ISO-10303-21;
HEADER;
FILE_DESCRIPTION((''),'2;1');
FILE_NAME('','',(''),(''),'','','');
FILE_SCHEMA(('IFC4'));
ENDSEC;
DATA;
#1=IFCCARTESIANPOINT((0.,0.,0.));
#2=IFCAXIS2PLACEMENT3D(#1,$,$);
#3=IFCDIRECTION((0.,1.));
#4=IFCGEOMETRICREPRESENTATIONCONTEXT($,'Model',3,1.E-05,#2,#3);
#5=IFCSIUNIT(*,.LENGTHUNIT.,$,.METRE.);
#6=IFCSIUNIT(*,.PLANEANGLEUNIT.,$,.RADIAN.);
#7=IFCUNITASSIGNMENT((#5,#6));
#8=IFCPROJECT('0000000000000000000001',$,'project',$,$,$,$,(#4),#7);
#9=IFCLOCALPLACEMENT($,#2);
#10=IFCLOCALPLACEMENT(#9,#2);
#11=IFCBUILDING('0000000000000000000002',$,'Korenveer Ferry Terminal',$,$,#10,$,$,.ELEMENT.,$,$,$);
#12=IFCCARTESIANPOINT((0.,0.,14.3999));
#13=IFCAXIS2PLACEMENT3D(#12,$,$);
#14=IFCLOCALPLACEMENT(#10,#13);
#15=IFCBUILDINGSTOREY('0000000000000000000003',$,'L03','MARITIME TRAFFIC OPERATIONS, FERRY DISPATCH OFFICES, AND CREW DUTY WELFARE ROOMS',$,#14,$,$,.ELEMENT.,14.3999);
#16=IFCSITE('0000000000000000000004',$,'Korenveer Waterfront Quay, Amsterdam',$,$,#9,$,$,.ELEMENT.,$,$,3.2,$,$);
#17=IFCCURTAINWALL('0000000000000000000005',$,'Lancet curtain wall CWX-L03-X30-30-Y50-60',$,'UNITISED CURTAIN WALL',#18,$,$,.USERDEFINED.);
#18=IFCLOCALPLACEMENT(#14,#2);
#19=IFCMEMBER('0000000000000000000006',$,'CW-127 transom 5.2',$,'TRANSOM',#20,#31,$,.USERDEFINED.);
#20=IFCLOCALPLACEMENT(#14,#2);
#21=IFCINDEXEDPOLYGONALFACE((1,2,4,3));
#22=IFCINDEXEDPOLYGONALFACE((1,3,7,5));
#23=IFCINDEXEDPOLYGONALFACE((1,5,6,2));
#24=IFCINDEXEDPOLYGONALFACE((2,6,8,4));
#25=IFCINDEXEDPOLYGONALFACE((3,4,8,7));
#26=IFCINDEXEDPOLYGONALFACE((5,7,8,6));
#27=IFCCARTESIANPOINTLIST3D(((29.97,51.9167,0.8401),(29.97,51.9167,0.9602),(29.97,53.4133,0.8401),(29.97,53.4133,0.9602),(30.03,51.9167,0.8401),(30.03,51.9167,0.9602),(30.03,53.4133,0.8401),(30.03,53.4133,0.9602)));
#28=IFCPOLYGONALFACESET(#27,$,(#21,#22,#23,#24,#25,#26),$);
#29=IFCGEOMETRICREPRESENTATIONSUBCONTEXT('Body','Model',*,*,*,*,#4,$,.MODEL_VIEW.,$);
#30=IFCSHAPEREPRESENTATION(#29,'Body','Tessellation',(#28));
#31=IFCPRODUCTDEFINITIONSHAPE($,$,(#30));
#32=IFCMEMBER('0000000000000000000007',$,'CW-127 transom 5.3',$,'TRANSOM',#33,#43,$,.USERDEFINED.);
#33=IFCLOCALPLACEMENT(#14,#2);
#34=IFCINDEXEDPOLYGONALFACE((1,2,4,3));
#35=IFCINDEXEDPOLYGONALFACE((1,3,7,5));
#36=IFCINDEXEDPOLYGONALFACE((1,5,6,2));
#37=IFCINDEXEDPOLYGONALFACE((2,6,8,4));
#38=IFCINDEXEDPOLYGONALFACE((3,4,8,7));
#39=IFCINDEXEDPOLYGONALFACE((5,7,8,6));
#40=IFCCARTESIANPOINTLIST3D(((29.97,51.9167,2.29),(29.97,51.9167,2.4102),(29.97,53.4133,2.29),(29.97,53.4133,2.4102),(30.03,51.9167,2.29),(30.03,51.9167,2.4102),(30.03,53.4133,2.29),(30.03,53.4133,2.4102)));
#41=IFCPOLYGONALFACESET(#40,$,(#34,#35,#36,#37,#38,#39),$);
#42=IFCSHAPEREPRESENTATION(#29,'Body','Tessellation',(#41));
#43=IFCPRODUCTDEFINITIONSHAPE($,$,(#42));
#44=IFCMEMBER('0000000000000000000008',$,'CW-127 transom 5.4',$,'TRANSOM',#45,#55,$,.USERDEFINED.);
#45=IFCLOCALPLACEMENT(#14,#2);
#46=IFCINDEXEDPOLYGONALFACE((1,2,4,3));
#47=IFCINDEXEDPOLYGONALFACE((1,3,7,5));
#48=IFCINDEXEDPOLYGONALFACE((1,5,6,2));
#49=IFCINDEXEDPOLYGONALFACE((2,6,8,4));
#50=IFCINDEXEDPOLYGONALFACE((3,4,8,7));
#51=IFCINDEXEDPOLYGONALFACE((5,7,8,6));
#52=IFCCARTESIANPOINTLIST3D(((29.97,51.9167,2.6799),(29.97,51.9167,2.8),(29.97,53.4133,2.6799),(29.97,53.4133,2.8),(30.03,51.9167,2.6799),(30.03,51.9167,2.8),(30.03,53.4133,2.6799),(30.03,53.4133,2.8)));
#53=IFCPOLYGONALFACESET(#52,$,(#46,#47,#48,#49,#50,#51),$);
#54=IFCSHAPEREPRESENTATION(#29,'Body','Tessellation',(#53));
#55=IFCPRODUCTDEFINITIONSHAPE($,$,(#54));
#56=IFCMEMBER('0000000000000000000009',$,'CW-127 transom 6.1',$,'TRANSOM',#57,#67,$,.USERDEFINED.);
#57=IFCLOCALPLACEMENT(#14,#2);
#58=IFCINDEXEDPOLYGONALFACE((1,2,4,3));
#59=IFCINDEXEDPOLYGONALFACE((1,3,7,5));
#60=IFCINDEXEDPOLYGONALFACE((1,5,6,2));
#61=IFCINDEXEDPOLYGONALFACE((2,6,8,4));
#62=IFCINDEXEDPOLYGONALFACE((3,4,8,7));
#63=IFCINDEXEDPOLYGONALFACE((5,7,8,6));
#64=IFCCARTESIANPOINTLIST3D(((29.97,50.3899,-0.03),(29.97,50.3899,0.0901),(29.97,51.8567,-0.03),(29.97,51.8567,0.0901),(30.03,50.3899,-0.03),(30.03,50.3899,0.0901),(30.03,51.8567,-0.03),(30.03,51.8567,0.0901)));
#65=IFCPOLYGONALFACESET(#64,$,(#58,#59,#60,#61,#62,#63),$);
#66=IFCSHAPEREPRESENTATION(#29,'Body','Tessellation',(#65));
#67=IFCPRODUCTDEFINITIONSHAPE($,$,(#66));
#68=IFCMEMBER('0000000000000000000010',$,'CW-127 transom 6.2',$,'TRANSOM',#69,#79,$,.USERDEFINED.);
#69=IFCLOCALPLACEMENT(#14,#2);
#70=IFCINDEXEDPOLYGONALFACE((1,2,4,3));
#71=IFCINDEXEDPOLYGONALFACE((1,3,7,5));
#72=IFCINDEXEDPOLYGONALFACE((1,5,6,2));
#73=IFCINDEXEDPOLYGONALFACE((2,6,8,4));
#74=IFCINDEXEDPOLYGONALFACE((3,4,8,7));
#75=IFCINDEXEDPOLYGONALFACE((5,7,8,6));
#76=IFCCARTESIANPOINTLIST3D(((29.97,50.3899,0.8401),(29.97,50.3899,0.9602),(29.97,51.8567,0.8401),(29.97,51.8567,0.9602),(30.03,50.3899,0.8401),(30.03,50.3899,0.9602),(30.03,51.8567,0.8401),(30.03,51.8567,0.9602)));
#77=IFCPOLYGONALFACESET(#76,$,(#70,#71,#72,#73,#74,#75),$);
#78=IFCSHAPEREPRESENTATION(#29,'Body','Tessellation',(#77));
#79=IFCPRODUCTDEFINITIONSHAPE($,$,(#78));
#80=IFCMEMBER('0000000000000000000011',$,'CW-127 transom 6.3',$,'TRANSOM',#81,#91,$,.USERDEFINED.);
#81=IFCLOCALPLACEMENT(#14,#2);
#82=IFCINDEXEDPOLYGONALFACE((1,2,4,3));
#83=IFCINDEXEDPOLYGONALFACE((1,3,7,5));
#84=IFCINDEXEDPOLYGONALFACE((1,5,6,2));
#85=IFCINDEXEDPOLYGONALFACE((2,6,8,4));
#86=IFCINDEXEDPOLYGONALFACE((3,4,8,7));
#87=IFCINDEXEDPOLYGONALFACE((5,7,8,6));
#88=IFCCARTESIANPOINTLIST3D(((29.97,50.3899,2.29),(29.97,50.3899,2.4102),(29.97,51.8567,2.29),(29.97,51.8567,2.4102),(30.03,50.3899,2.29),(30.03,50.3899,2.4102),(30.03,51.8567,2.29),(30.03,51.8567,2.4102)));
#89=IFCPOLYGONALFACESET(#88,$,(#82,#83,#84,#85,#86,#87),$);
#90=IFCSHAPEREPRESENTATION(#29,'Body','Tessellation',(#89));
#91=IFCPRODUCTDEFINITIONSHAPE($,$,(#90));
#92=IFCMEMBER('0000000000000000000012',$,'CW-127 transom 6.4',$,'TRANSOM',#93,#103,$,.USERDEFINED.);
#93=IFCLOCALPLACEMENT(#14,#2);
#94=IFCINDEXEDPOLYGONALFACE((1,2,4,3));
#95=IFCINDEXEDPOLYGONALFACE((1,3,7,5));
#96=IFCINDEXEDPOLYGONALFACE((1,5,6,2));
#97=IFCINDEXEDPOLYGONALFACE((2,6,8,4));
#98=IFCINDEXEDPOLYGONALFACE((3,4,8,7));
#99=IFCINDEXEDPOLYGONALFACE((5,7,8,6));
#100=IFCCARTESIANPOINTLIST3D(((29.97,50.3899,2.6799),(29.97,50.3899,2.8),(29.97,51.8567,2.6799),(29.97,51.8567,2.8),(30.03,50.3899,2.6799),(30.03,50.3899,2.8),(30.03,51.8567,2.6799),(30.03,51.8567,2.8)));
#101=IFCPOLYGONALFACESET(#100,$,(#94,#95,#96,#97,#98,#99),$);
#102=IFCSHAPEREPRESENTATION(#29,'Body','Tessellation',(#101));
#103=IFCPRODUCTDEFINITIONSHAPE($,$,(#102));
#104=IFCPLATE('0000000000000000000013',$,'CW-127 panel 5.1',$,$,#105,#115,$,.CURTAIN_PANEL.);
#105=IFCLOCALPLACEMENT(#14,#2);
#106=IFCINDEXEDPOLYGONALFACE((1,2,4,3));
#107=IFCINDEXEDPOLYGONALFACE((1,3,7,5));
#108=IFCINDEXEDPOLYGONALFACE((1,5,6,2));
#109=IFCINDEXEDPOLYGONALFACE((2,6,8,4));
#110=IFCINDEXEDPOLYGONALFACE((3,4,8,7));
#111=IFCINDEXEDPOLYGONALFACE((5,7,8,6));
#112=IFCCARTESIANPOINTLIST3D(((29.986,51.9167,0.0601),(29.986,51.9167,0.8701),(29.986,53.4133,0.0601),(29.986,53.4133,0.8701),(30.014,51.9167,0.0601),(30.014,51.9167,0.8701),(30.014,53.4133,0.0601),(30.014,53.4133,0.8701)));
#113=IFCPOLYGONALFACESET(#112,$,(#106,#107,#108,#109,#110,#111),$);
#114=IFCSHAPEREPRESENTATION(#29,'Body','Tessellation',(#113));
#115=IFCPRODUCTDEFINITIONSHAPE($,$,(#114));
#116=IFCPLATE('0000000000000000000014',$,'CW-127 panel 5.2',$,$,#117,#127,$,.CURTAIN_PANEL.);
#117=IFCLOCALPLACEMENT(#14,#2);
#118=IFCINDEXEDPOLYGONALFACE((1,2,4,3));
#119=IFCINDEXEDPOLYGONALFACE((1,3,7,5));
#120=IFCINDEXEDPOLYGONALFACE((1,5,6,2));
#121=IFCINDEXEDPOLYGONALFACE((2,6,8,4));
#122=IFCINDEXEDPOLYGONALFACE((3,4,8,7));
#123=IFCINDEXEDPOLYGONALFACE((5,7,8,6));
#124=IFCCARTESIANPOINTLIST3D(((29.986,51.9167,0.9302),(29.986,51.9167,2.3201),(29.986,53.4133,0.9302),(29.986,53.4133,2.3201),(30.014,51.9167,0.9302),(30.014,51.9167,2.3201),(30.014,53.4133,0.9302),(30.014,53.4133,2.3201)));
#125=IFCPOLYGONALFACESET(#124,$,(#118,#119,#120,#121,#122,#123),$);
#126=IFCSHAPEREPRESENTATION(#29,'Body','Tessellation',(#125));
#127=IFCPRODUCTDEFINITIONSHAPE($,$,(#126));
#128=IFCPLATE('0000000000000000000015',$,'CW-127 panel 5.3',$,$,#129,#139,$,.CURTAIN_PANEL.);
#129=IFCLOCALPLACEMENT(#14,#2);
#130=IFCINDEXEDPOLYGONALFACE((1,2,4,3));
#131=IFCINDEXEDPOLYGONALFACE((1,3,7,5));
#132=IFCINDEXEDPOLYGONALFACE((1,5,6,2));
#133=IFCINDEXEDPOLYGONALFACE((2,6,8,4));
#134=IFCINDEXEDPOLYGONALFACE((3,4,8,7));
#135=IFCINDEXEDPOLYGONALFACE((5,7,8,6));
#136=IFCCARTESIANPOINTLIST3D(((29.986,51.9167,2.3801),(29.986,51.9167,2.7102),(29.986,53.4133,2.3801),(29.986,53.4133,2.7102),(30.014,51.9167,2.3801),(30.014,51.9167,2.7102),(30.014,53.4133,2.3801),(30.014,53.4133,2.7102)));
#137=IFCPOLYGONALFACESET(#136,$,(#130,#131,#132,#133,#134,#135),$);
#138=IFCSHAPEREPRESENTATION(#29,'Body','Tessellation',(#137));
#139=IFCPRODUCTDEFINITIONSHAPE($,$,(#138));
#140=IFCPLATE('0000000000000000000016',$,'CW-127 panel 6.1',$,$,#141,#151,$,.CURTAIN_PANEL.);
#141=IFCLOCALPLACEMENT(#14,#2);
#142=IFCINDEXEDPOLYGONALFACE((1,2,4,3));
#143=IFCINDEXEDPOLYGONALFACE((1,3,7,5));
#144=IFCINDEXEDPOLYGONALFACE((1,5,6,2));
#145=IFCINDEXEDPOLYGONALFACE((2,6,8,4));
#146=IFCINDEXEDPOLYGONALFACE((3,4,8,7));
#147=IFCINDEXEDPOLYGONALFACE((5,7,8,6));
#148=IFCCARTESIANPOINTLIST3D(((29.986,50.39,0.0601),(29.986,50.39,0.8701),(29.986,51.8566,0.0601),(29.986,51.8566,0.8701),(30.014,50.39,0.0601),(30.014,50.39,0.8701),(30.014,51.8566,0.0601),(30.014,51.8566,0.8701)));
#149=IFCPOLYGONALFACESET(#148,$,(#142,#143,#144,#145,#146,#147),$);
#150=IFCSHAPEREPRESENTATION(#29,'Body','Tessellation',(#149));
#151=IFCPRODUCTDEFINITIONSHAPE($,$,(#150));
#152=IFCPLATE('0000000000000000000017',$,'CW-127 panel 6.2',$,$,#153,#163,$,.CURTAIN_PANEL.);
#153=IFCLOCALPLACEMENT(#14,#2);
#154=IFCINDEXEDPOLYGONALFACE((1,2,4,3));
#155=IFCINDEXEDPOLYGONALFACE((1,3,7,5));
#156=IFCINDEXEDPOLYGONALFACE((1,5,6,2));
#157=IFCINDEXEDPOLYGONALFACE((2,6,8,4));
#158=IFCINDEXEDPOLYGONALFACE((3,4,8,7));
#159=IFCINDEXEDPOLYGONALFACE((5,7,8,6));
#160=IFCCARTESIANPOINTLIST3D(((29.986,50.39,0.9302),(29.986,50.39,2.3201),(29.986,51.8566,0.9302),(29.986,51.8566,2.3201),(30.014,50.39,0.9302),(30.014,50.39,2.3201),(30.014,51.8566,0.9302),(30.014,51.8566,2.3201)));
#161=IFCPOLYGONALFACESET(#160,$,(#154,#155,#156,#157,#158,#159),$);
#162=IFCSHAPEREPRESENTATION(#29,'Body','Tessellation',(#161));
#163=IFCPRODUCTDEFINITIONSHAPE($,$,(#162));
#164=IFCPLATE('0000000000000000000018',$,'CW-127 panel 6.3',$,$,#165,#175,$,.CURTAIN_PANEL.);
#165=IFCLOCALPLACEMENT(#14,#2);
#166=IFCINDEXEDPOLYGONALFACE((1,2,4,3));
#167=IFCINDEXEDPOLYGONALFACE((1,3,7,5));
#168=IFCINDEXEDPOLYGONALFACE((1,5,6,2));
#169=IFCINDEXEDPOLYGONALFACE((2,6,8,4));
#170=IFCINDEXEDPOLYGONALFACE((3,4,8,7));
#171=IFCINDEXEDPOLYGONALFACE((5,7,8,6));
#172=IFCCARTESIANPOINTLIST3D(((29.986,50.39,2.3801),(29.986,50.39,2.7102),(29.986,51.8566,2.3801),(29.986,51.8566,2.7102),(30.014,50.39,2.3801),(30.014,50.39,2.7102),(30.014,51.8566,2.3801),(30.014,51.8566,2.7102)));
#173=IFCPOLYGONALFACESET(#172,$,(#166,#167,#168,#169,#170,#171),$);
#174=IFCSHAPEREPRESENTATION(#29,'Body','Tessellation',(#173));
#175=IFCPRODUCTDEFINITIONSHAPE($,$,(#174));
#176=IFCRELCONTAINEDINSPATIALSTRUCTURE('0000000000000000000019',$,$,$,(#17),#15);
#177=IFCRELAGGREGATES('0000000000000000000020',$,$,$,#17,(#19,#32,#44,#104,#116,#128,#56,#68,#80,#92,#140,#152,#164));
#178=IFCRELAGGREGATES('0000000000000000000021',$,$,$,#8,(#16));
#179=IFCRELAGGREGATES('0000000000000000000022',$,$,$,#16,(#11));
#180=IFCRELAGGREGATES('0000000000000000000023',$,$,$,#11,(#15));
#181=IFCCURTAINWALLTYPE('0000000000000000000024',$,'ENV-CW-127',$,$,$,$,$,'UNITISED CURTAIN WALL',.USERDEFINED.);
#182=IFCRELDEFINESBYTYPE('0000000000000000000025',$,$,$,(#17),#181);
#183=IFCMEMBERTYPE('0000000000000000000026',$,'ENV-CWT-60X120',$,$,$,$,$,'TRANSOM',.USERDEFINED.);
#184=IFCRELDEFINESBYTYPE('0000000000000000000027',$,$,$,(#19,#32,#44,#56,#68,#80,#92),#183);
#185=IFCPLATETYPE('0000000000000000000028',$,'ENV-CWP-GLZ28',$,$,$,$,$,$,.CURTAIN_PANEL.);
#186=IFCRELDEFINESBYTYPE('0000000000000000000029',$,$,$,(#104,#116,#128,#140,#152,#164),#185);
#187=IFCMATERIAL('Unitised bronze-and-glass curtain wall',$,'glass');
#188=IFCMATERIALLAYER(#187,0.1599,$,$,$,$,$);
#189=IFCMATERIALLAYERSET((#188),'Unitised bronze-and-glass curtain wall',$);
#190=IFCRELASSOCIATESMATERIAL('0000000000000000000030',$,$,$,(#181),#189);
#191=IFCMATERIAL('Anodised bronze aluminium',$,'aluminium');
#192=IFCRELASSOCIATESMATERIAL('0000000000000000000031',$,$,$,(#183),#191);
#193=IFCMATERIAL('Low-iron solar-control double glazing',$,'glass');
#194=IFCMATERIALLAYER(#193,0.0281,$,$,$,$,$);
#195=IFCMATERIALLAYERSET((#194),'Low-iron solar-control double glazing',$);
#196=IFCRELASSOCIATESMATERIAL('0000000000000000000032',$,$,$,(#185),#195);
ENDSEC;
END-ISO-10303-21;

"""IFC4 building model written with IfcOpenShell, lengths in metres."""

from ifc_helpers import new_model, si_unit, direction, frame, origin, origin_2d, place, context, subcontext, project, spatial, rectangle, extrude, material, layer, layer_set, material_profile, profile_set, type_object, element, aggregate, save


model = new_model("IFC4")

# Units and contexts
model_context = context("Model", 3, precision=1e-05, world=origin(), true_north=direction((0.0, 1.0)))
body_context = subcontext(model_context, "Body", "Model", "MODEL_VIEW")
ifc_project = project(units=[si_unit("LENGTHUNIT", "METRE"), si_unit("PLANEANGLEUNIT", "RADIAN")], contexts=[model_context])

# Site, building, storey
site_placement = place(None, origin())
site = spatial("IfcSite", under=ifc_project, at=site_placement, Name="Korenveer Waterfront Quay, Amsterdam", CompositionType="ELEMENT", RefElevation=3.2)
building_placement = place(site_placement, origin())
building = spatial("IfcBuilding", under=site, at=building_placement, Name="Korenveer Ferry Terminal", CompositionType="ELEMENT")
storey_placement = place(building_placement, frame((0.0, 0.0, 14.3999)))
storey = spatial("IfcBuildingStorey", under=building, at=storey_placement, Name="L03", Description="MARITIME TRAFFIC OPERATIONS, FERRY DISPATCH OFFICES, AND CREW DUTY WELFARE ROOMS", CompositionType="ELEMENT", Elevation=14.3999)

# Curtain wall, members, plates
ifc_material_1 = material(Name="Unitised bronze-and-glass curtain wall", Category="glass")
ifc_layer_1 = layer(ifc_material_1, 0.1599)
ifc_layer_set_1 = layer_set([ifc_layer_1], Name="Unitised bronze-and-glass curtain wall")
curtain_wall_type = type_object("IfcCurtainWallType", Name="ENV-CW-127", ElementType="UNITISED CURTAIN WALL", PredefinedType="USERDEFINED", material=ifc_layer_set_1)
curtain_wall_placement = place(storey_placement, frame((30.0, 59.6699, 0.0)))
curtain_wall = element("IfcCurtainWall", 1, at=curtain_wall_placement, inside=storey, type_object=curtain_wall_type, Name="Lancet curtain wall CWX-L03-X30-30-Y50-60", ObjectType="UNITISED CURTAIN WALL", PredefinedType="USERDEFINED")
ifc_material_2 = material(Name="Anodised bronze aluminium", Category="aluminium")
ifc_material_profile = material_profile(ifc_material_2, rectangle(XDim=0.0601, YDim=0.1201, at=origin_2d()), Name="ALU 60x120")
ifc_profile_set = profile_set([ifc_material_profile], Name="Anodised bronze aluminium")
member_type = type_object("IfcMemberType", Name="ENV-CWT-60X120", ElementType="TRANSOM", PredefinedType="USERDEFINED", material=ifc_profile_set)
member_1_placement = place(storey_placement, frame((30.0, 53.4133, 0.9001), z_axis=(0.0, -1.0, 0.0), x_axis=(1.0, 0.0, 0.0)))
member_1 = element("IfcMember", 2, at=member_1_placement, type_object=member_type, Name="CW-127 transom 5.2", ObjectType="TRANSOM", PredefinedType="USERDEFINED", context=body_context, shape_type="SweptSolid", body=[
    extrude(rectangle(XDim=0.0601, YDim=0.1201, at=origin_2d()), origin(), (0.0, 0.0, 1.0), 1.4966),
])
member_2_placement = place(storey_placement, frame((30.0, 53.4133, 2.3501), z_axis=(0.0, -1.0, 0.0), x_axis=(1.0, 0.0, 0.0)))
member_2 = element("IfcMember", 3, at=member_2_placement, type_object=member_type, Name="CW-127 transom 5.3", ObjectType="TRANSOM", PredefinedType="USERDEFINED", context=body_context, shape_type="SweptSolid", body=[
    extrude(rectangle(XDim=0.0601, YDim=0.1201, at=origin_2d()), origin(), (0.0, 0.0, 1.0), 1.4966),
])
member_3_placement = place(storey_placement, frame((30.0, 53.4133, 2.74), z_axis=(0.0, -1.0, 0.0), x_axis=(1.0, 0.0, 0.0)))
member_3 = element("IfcMember", 4, at=member_3_placement, type_object=member_type, Name="CW-127 transom 5.4", ObjectType="TRANSOM", PredefinedType="USERDEFINED", context=body_context, shape_type="SweptSolid", body=[
    extrude(rectangle(XDim=0.0601, YDim=0.1201, at=origin_2d()), origin(), (0.0, 0.0, 1.0), 1.4966),
])
member_4_placement = place(storey_placement, frame((30.0, 51.8567, 0.03), z_axis=(0.0, -1.0, 0.0), x_axis=(1.0, 0.0, 0.0)))
member_4 = element("IfcMember", 5, at=member_4_placement, type_object=member_type, Name="CW-127 transom 6.1", ObjectType="TRANSOM", PredefinedType="USERDEFINED", context=body_context, shape_type="SweptSolid", body=[
    extrude(rectangle(XDim=0.0601, YDim=0.1201, at=origin_2d()), origin(), (0.0, 0.0, 1.0), 1.4668),
])
member_5_placement = place(storey_placement, frame((30.0, 51.8567, 0.9001), z_axis=(0.0, -1.0, 0.0), x_axis=(1.0, 0.0, 0.0)))
member_5 = element("IfcMember", 6, at=member_5_placement, type_object=member_type, Name="CW-127 transom 6.2", ObjectType="TRANSOM", PredefinedType="USERDEFINED", context=body_context, shape_type="SweptSolid", body=[
    extrude(rectangle(XDim=0.0601, YDim=0.1201, at=origin_2d()), origin(), (0.0, 0.0, 1.0), 1.4668),
])
member_6_placement = place(storey_placement, frame((30.0, 51.8567, 2.3501), z_axis=(0.0, -1.0, 0.0), x_axis=(1.0, 0.0, 0.0)))
member_6 = element("IfcMember", 7, at=member_6_placement, type_object=member_type, Name="CW-127 transom 6.3", ObjectType="TRANSOM", PredefinedType="USERDEFINED", context=body_context, shape_type="SweptSolid", body=[
    extrude(rectangle(XDim=0.0601, YDim=0.1201, at=origin_2d()), origin(), (0.0, 0.0, 1.0), 1.4668),
])
member_7_placement = place(storey_placement, frame((30.0, 51.8567, 2.74), z_axis=(0.0, -1.0, 0.0), x_axis=(1.0, 0.0, 0.0)))
member_7 = element("IfcMember", 8, at=member_7_placement, type_object=member_type, Name="CW-127 transom 6.4", ObjectType="TRANSOM", PredefinedType="USERDEFINED", context=body_context, shape_type="SweptSolid", body=[
    extrude(rectangle(XDim=0.0601, YDim=0.1201, at=origin_2d()), origin(), (0.0, 0.0, 1.0), 1.4668),
])
ifc_material_3 = material(Name="Low-iron solar-control double glazing", Category="glass")
ifc_layer_2 = layer(ifc_material_3, 0.0281)
ifc_layer_set_2 = layer_set([ifc_layer_2], Name="Low-iron solar-control double glazing")
plate_type = type_object("IfcPlateType", Name="ENV-CWP-GLZ28", PredefinedType="CURTAIN_PANEL", material=ifc_layer_set_2)
plate_1_placement = place(storey_placement, frame((30.0, 52.665, 0.0601), z_axis=(0.0, 0.0, 1.0), x_axis=(0.0, -1.0, 0.0)))
plate_1 = element("IfcPlate", 9, at=plate_1_placement, type_object=plate_type, Name="CW-127 panel 5.1", PredefinedType="CURTAIN_PANEL", context=body_context, shape_type="SweptSolid", body=[
    extrude(rectangle(XDim=1.4966, YDim=0.0281, at=origin_2d()), origin(), (0.0, 0.0, 1.0), 0.8101),
])
plate_2_placement = place(storey_placement, frame((30.0, 52.665, 0.9302), z_axis=(0.0, 0.0, 1.0), x_axis=(0.0, -1.0, 0.0)))
plate_2 = element("IfcPlate", 10, at=plate_2_placement, type_object=plate_type, Name="CW-127 panel 5.2", PredefinedType="CURTAIN_PANEL", context=body_context, shape_type="SweptSolid", body=[
    extrude(rectangle(XDim=1.4966, YDim=0.0281, at=origin_2d()), origin(), (0.0, 0.0, 1.0), 1.3899),
])
plate_3_placement = place(storey_placement, frame((30.0, 52.665, 2.3801), z_axis=(0.0, 0.0, 1.0), x_axis=(0.0, -1.0, 0.0)))
plate_3 = element("IfcPlate", 11, at=plate_3_placement, type_object=plate_type, Name="CW-127 panel 5.3", PredefinedType="CURTAIN_PANEL", context=body_context, shape_type="SweptSolid", body=[
    extrude(rectangle(XDim=1.4966, YDim=0.0281, at=origin_2d()), origin(), (0.0, 0.0, 1.0), 0.3301),
])
plate_4_placement = place(storey_placement, frame((30.0, 51.1233, 0.0601), z_axis=(0.0, 0.0, 1.0), x_axis=(0.0, -1.0, 0.0)))
plate_4 = element("IfcPlate", 12, at=plate_4_placement, type_object=plate_type, Name="CW-127 panel 6.1", PredefinedType="CURTAIN_PANEL", context=body_context, shape_type="SweptSolid", body=[
    extrude(rectangle(XDim=1.4666, YDim=0.0281, at=origin_2d()), origin(), (0.0, 0.0, 1.0), 0.8101),
])
plate_5_placement = place(storey_placement, frame((30.0, 51.1233, 0.9302), z_axis=(0.0, 0.0, 1.0), x_axis=(0.0, -1.0, 0.0)))
plate_5 = element("IfcPlate", 13, at=plate_5_placement, type_object=plate_type, Name="CW-127 panel 6.2", PredefinedType="CURTAIN_PANEL", context=body_context, shape_type="SweptSolid", body=[
    extrude(rectangle(XDim=1.4666, YDim=0.0281, at=origin_2d()), origin(), (0.0, 0.0, 1.0), 1.3899),
])
plate_6_placement = place(storey_placement, frame((30.0, 51.1233, 2.3801), z_axis=(0.0, 0.0, 1.0), x_axis=(0.0, -1.0, 0.0)))
plate_6 = element("IfcPlate", 14, at=plate_6_placement, type_object=plate_type, Name="CW-127 panel 6.3", PredefinedType="CURTAIN_PANEL", context=body_context, shape_type="SweptSolid", body=[
    extrude(rectangle(XDim=1.4666, YDim=0.0281, at=origin_2d()), origin(), (0.0, 0.0, 1.0), 0.3301),
])
aggregate(curtain_wall, [member_1, member_2, member_3, plate_1, plate_2, plate_3, member_4, member_5, member_6, member_7, plate_4, plate_5, plate_6])

save(model, "model.ifc")
